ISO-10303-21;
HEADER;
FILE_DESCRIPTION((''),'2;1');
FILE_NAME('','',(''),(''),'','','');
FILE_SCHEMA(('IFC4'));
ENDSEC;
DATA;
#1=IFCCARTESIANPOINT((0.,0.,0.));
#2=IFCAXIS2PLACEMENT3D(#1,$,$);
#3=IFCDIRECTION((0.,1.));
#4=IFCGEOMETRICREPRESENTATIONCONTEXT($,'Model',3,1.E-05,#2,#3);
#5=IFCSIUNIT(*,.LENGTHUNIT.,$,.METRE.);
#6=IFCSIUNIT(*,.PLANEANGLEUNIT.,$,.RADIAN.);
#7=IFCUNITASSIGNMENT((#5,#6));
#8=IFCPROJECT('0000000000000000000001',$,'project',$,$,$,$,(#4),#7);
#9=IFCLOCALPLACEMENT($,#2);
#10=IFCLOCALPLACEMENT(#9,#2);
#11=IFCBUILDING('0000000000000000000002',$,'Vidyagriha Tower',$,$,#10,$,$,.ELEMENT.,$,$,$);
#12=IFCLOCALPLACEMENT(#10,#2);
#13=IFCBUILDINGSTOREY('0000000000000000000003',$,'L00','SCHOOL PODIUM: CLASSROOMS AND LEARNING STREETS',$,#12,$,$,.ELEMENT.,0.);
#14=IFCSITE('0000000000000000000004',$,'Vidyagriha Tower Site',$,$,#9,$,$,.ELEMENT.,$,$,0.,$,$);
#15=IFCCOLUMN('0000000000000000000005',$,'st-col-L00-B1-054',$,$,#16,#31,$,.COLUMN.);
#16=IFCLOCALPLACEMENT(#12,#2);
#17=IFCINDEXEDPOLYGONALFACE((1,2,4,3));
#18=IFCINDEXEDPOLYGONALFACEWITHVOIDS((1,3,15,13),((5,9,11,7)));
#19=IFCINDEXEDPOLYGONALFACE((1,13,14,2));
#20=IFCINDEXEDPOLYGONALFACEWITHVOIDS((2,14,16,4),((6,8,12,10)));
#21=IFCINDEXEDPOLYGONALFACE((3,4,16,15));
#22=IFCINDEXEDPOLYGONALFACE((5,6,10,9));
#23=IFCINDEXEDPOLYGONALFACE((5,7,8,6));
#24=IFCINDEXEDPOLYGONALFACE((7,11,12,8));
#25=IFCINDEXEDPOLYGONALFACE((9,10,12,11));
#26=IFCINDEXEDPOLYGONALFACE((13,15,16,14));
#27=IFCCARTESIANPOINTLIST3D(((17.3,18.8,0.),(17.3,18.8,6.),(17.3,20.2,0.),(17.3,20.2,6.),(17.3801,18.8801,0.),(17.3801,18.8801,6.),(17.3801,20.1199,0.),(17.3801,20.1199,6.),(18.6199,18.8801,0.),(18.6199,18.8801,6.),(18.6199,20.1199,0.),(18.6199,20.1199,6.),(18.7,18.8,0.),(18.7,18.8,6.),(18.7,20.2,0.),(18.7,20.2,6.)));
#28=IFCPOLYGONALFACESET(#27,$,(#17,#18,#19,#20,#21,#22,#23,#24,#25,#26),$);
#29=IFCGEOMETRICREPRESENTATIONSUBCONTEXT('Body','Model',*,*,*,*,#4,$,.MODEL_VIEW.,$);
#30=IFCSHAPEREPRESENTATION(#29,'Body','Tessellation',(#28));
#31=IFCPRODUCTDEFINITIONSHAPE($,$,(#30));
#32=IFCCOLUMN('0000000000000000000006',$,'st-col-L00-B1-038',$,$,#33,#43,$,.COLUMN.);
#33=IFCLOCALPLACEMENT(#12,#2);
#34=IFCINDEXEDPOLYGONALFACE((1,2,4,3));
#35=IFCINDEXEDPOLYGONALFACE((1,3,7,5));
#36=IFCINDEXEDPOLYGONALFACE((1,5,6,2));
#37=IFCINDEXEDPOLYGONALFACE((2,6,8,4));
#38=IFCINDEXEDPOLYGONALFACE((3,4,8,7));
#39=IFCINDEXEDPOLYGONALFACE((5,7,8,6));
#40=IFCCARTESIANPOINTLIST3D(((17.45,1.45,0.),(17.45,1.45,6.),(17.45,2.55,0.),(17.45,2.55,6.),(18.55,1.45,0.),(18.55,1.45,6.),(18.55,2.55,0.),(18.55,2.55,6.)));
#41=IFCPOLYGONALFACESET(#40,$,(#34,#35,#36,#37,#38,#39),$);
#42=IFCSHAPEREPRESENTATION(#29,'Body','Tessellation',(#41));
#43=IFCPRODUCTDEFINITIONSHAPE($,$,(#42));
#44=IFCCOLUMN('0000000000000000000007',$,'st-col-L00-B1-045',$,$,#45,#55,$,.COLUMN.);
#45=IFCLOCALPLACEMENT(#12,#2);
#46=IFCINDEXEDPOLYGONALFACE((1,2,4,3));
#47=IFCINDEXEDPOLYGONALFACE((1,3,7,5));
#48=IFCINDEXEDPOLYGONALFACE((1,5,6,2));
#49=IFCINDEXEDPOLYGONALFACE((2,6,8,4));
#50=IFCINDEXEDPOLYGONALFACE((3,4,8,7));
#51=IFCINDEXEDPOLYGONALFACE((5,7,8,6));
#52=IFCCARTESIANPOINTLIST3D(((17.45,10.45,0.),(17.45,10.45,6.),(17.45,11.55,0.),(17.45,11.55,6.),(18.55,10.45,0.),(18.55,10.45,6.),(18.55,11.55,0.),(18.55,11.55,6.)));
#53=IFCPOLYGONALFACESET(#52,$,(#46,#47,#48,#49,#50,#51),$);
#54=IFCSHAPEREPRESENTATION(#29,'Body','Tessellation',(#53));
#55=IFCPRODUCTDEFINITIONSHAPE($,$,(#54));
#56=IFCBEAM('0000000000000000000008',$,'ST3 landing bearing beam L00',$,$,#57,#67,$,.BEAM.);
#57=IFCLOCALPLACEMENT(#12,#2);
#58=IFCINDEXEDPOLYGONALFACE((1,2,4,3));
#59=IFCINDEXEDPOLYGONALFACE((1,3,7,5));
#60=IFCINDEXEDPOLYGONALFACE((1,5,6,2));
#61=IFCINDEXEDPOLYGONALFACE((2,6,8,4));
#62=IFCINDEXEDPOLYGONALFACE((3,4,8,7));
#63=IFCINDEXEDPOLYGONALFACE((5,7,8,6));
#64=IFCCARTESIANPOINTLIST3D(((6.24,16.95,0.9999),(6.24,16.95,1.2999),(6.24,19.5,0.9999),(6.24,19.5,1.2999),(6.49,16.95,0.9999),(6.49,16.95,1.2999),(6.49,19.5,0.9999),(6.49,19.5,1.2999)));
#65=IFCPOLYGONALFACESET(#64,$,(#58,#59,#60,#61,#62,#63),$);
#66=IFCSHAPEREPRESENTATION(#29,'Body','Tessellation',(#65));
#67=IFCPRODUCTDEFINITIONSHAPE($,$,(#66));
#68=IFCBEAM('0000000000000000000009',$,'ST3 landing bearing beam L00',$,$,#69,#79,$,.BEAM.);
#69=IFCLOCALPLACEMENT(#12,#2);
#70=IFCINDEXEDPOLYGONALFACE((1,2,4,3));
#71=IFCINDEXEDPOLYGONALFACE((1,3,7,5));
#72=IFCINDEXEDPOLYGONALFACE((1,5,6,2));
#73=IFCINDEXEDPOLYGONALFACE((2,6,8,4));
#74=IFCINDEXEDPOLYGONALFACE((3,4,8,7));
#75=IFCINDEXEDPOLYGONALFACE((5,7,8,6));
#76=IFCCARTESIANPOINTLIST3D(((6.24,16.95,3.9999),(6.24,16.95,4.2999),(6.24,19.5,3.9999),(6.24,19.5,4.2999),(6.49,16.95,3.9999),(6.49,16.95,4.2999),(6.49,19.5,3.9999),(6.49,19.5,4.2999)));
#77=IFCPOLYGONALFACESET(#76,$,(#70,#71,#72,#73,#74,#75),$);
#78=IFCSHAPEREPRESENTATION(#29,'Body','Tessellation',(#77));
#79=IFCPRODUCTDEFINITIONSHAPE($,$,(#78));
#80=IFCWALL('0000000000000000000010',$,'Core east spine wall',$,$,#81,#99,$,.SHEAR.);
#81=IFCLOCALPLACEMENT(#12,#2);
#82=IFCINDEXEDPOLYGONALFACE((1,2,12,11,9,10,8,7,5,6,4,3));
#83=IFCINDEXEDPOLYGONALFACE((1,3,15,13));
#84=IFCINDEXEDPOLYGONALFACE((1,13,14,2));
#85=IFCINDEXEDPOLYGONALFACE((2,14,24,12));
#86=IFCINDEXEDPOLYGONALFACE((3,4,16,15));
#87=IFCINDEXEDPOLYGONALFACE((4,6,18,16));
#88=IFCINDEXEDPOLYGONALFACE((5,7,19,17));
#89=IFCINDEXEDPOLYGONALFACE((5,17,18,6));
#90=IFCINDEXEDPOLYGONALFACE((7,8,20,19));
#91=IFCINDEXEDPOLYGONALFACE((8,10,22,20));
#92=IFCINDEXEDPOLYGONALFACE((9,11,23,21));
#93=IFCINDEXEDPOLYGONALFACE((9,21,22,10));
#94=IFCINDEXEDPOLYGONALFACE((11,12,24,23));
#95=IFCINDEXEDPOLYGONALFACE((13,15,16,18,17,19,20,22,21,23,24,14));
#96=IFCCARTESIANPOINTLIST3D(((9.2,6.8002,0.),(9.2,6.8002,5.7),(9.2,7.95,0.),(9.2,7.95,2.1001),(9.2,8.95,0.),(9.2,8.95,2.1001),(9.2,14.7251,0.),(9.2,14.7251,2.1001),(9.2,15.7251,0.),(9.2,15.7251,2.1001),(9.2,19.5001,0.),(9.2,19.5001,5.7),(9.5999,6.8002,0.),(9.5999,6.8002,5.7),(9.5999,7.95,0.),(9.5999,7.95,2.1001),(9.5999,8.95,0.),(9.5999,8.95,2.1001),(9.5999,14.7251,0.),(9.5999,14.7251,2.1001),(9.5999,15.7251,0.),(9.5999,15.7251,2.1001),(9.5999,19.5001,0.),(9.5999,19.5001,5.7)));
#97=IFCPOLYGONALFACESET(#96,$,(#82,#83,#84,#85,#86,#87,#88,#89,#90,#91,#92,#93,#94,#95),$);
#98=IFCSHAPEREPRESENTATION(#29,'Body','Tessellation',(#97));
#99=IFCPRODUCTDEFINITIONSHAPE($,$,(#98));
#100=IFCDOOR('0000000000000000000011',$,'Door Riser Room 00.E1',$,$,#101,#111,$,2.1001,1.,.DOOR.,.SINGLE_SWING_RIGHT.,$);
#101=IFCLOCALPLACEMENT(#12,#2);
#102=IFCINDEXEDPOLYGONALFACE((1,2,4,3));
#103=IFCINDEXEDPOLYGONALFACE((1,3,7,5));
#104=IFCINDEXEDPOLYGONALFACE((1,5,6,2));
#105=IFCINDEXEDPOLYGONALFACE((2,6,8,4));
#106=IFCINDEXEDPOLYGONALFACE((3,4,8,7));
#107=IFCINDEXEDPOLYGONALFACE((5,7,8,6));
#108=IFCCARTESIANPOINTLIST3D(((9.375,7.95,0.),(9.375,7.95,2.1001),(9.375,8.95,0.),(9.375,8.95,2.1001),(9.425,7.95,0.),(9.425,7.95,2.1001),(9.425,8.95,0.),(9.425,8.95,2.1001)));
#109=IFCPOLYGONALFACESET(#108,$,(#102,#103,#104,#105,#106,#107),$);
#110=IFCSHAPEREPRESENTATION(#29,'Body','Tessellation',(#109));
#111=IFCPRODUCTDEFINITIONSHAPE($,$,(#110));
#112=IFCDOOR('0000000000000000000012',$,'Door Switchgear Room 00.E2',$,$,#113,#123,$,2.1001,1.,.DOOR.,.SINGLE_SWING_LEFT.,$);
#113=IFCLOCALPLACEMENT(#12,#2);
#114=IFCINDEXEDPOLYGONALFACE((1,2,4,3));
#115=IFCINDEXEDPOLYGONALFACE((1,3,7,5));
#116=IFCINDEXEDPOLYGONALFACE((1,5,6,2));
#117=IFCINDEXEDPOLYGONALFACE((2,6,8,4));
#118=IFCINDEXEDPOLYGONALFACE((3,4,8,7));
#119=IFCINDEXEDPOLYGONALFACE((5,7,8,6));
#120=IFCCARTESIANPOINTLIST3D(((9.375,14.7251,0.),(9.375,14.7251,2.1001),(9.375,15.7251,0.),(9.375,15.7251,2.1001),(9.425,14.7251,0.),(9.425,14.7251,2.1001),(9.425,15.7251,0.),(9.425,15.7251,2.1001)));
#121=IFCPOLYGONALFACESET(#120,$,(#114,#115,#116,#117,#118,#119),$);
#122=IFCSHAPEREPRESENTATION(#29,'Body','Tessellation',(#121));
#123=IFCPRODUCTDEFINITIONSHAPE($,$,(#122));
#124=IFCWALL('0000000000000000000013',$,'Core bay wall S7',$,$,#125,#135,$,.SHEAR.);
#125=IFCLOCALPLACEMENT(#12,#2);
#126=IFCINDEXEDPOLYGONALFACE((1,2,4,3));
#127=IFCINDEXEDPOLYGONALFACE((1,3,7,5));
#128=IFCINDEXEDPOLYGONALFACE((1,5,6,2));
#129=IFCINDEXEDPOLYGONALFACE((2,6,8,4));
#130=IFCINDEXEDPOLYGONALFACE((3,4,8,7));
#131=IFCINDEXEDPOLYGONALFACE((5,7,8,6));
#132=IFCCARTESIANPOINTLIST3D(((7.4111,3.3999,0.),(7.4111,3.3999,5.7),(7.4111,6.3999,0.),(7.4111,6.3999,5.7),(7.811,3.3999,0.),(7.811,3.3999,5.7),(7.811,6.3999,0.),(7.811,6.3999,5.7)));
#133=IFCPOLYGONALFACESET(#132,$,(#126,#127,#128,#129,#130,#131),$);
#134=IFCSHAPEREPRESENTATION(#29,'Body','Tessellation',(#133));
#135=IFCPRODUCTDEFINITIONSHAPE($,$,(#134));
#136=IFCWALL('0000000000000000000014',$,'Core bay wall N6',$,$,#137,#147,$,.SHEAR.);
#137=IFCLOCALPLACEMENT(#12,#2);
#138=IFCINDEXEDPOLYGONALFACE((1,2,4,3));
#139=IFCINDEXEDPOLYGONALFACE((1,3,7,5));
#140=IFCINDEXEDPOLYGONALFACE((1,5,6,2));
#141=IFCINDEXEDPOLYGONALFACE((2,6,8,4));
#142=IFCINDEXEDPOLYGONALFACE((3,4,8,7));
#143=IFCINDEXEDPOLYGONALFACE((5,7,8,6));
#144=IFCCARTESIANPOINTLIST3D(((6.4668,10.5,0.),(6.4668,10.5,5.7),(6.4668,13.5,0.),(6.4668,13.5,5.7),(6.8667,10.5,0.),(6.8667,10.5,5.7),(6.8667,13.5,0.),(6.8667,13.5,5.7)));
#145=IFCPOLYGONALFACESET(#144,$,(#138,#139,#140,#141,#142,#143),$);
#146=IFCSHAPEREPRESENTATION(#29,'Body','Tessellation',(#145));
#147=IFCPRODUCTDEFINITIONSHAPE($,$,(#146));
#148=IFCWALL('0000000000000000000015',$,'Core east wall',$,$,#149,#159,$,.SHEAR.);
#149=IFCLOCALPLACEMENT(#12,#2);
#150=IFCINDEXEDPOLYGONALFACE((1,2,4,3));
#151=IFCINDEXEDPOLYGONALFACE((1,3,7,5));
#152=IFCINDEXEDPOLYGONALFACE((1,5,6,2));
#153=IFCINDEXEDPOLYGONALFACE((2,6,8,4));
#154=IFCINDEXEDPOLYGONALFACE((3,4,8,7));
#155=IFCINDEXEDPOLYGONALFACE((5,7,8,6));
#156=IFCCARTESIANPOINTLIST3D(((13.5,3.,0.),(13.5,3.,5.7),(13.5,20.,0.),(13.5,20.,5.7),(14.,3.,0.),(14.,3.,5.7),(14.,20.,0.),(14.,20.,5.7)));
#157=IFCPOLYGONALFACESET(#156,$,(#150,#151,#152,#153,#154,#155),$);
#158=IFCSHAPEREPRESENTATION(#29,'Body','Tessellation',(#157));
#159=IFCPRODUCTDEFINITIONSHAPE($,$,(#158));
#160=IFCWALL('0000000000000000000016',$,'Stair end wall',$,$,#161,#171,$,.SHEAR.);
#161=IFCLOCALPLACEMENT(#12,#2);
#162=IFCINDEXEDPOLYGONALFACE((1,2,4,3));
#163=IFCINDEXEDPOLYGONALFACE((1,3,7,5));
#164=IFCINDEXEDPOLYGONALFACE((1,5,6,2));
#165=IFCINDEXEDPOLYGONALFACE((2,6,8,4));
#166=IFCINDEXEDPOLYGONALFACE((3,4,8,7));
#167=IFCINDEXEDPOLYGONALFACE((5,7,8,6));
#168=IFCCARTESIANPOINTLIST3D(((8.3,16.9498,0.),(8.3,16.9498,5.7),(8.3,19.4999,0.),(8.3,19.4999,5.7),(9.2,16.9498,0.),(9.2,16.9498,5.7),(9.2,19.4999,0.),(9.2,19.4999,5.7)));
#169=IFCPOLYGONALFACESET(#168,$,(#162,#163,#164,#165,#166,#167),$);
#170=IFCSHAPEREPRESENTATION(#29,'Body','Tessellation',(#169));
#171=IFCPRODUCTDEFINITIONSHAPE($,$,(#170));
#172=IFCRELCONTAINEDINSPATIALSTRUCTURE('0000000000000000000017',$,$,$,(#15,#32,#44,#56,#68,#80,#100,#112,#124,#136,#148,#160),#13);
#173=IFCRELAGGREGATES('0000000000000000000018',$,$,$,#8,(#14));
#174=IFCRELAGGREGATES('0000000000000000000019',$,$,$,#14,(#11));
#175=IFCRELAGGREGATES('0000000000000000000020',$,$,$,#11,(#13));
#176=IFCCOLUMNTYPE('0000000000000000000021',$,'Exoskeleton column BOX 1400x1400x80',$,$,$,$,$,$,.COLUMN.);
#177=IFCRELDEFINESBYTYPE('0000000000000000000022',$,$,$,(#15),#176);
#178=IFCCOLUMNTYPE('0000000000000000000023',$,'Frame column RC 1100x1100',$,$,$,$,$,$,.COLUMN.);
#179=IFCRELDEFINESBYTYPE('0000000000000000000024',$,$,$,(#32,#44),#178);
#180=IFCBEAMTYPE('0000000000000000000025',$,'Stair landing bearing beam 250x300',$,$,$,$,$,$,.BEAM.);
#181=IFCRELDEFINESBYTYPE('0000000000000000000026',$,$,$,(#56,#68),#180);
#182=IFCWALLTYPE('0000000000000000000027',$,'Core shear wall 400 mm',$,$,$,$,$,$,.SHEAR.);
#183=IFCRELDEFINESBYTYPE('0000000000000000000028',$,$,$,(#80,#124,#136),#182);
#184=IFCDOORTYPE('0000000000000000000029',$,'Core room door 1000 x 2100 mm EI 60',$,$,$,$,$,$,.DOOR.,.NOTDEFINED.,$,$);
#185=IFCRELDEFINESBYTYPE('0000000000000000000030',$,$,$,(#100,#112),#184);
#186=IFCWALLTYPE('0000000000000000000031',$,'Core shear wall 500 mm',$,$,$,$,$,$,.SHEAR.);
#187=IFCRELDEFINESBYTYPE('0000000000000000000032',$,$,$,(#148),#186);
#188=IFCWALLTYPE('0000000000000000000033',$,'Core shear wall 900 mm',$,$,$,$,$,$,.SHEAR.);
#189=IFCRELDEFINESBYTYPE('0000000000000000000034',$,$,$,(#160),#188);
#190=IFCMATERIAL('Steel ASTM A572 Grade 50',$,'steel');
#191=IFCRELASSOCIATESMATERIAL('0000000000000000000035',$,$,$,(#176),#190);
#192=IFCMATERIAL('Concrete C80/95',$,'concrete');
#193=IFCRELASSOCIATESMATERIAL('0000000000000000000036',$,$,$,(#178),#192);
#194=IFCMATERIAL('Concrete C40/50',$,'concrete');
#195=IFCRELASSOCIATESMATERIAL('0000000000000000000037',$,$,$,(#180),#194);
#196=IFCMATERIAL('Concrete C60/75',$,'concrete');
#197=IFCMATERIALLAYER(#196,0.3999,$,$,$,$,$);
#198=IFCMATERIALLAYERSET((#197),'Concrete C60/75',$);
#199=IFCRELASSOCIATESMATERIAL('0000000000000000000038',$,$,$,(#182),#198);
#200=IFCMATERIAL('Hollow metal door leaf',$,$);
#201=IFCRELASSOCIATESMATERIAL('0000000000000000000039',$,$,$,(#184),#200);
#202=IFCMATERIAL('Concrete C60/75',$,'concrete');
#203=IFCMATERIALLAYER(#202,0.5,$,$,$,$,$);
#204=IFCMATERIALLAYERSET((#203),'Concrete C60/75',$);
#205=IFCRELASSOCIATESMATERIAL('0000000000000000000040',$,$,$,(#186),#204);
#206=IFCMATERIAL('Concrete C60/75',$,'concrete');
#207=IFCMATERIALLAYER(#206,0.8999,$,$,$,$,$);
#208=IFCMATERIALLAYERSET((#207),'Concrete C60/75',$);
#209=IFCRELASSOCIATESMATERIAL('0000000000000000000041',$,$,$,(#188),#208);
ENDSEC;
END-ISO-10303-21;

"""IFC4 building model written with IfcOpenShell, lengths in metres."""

from ifc_helpers import new_model, si_unit, direction, frame, frame_2d, origin, origin_2d, place, context, subcontext, project, spatial, rectangle, hollow_rectangle, extrude, material, layer, layer_set, material_profile, profile_set, type_object, element, fill, save


model = new_model("IFC4")

# Units and contexts
model_context = context("Model", 3, precision=1e-05, world=origin(), true_north=direction((0.0, 1.0)))
body_context = subcontext(model_context, "Body", "Model", "MODEL_VIEW")
ifc_project = project(units=[si_unit("LENGTHUNIT", "METRE"), si_unit("PLANEANGLEUNIT", "RADIAN")], contexts=[model_context])

# Site, building, storey
site_placement = place(None, origin())
site = spatial("IfcSite", under=ifc_project, at=site_placement, Name="Vidyagriha Tower Site", CompositionType="ELEMENT", RefElevation=0.0)
building_placement = place(site_placement, origin())
building = spatial("IfcBuilding", under=site, at=building_placement, Name="Vidyagriha Tower", CompositionType="ELEMENT")
storey_placement = place(building_placement, origin())
storey = spatial("IfcBuildingStorey", under=building, at=storey_placement, Name="L00", Description="SCHOOL PODIUM: CLASSROOMS AND LEARNING STREETS", CompositionType="ELEMENT", Elevation=0.0)

# Columns
ifc_material_1 = material(Name="Steel ASTM A572 Grade 50", Category="steel")
ifc_material_profile_1 = material_profile(ifc_material_1, hollow_rectangle(XDim=1.3999, YDim=1.3999, WallThickness=0.0801, at=origin_2d()), Name="BOX 1400x1400x80")
ifc_profile_set_1 = profile_set([ifc_material_profile_1], Name="Steel ASTM A572 Grade 50")
column_type_1 = type_object("IfcColumnType", Name="Exoskeleton column BOX 1400x1400x80", PredefinedType="COLUMN", material=ifc_profile_set_1)
column_placement = place(storey_placement, frame((18.0, 19.5, 0.0)))
element("IfcColumn", 1, at=column_placement, inside=storey, type_object=column_type_1, Name="st-col-L00-B1-054", PredefinedType="COLUMN", context=body_context, shape_type="SweptSolid", body=[
    extrude(hollow_rectangle(XDim=1.3999, YDim=1.3999, WallThickness=0.0801, at=origin_2d()), origin(), (0.0, 0.0, 1.0), 6.0),
])
ifc_material_2 = material(Name="Concrete C80/95", Category="concrete")
ifc_material_profile_2 = material_profile(ifc_material_2, rectangle(XDim=1.1001, YDim=1.1001, at=origin_2d()), Name="RC 1100x1100")
ifc_profile_set_2 = profile_set([ifc_material_profile_2], Name="Concrete C80/95")
column_type_2 = type_object("IfcColumnType", Name="Frame column RC 1100x1100", PredefinedType="COLUMN", material=ifc_profile_set_2)
for number, where, name in (
    (2, (18.0, 2.0, 0.0), "st-col-L00-B1-038"),
    (3, (18.0, 11.0, 0.0), "st-col-L00-B1-045"),
):
    element("IfcColumn", number, at=place(storey_placement, frame(where)), inside=storey, type_object=column_type_2, Name=name, PredefinedType="COLUMN", context=body_context, shape_type="SweptSolid", body=[
        extrude(rectangle(XDim=1.1001, YDim=1.1001, at=origin_2d()), origin(), (0.0, 0.0, 1.0), 6.0),
    ])

# Beams
ifc_material_3 = material(Name="Concrete C40/50", Category="concrete")
ifc_material_profile_3 = material_profile(ifc_material_3, rectangle(XDim=0.25, YDim=0.3, at=origin_2d()), Name="Stair landing bearing beam 250x300")
ifc_profile_set_3 = profile_set([ifc_material_profile_3], Name="Concrete C40/50")
beam_type = type_object("IfcBeamType", Name="Stair landing bearing beam 250x300", PredefinedType="BEAM", material=ifc_profile_set_3)
for number, where, z_axis, x_axis, name in (
    (4, (6.365, 16.95, 1.1499), (0.0, 1.0, 0.0), (-1.0, 0.0, 0.0), "ST3 landing bearing beam L00"),
    (5, (6.365, 16.95, 4.1499), (0.0, 1.0, 0.0), (-1.0, 0.0, 0.0), "ST3 landing bearing beam L00"),
):
    element("IfcBeam", number, at=place(storey_placement, frame(where, z_axis=z_axis, x_axis=x_axis)), inside=storey, type_object=beam_type, Name=name, PredefinedType="BEAM", context=body_context, shape_type="SweptSolid", body=[
        extrude(rectangle(XDim=0.25, YDim=0.3, at=origin_2d()), origin(), (0.0, 0.0, 1.0), 2.55),
    ])

# Wall, openings, doors
ifc_material_4 = material(Name="Concrete C60/75", Category="concrete")
ifc_layer_1 = layer(ifc_material_4, 0.3999)
ifc_layer_set_1 = layer_set([ifc_layer_1], Name="Concrete C60/75")
wall_type_1 = type_object("IfcWallType", Name="Core shear wall 400 mm", PredefinedType="SHEAR", material=ifc_layer_set_1)
wall_1_placement = place(storey_placement, frame((9.3999, 6.8, 0.0), z_axis=(0.0, 0.0, 1.0), x_axis=(0.0, 1.0, 0.0)))
wall_1 = element("IfcWall", 6, at=wall_1_placement, inside=storey, type_object=wall_type_1, Name="Core east spine wall", PredefinedType="SHEAR", context=body_context, shape_type="SweptSolid", body=[
    extrude(rectangle(XDim=12.7, YDim=0.3999, at=frame_2d((6.3501, 0.0))), origin(), (0.0, 0.0, 1.0), 5.7),
])
opening_1_placement = place(wall_1_placement, frame((1.1499, 0.0, 0.0)))
opening_1 = element("IfcOpeningElement", 7, at=opening_1_placement, cuts=wall_1, PredefinedType="OPENING", context=body_context, shape_type="SweptSolid", body=[
    extrude(rectangle(XDim=1.0, YDim=2.1001, at=frame_2d((0.5, 1.05))), frame((0.0, 0.21, 0.0), z_axis=(0.0, -1.0, 0.0), x_axis=(1.0, 0.0, 0.0)), (0.0, 0.0, 1.0), 0.4199),
])
opening_2_placement = place(wall_1_placement, frame((7.925, 0.0, 0.0)))
opening_2 = element("IfcOpeningElement", 8, at=opening_2_placement, cuts=wall_1, PredefinedType="OPENING", context=body_context, shape_type="SweptSolid", body=[
    extrude(rectangle(XDim=1.0, YDim=2.1001, at=frame_2d((0.5, 1.05))), frame((0.0, 0.21, 0.0), z_axis=(0.0, -1.0, 0.0), x_axis=(1.0, 0.0, 0.0)), (0.0, 0.0, 1.0), 0.4199),
])
ifc_material_5 = material(Name="Hollow metal door leaf")
door_type_1 = type_object("IfcDoorType", Name="Core room door 1000 x 2100 mm EI 60", OperationType="NOTDEFINED", PredefinedType="DOOR", material=ifc_material_5)
door_1_placement = place(opening_1_placement, origin())
door_1 = element("IfcDoor", 9, at=door_1_placement, inside=storey, type_object=door_type_1, Name="Door Riser Room 00.E1", OperationType="SINGLE_SWING_RIGHT", OverallHeight=2.1001, OverallWidth=1.0, PredefinedType="DOOR", context=body_context, shape_type="SweptSolid", body=[
    extrude(rectangle(XDim=1.0, YDim=2.1001, at=frame_2d((0.5, 1.05))), frame((0.0, 0.0249, 0.0), z_axis=(0.0, -1.0, 0.0), x_axis=(1.0, 0.0, 0.0)), (0.0, 0.0, 1.0), 0.05),
])
fill(opening_1, door_1)
door_2_placement = place(opening_2_placement, origin())
door_2 = element("IfcDoor", 10, at=door_2_placement, inside=storey, type_object=door_type_1, Name="Door Switchgear Room 00.E2", OperationType="SINGLE_SWING_LEFT", OverallHeight=2.1001, OverallWidth=1.0, PredefinedType="DOOR", context=body_context, shape_type="SweptSolid", body=[
    extrude(rectangle(XDim=1.0, YDim=2.1001, at=frame_2d((0.5, 1.05))), frame((0.0, 0.0249, 0.0), z_axis=(0.0, -1.0, 0.0), x_axis=(1.0, 0.0, 0.0)), (0.0, 0.0, 1.0), 0.05),
])
fill(opening_2, door_2)

# Walls
for number, where, z_axis, x_axis, name in (
    (11, (7.6111, 3.3999, 0.0), (0.0, 0.0, 1.0), (0.0, 1.0, 0.0), "Core bay wall S7"),
    (12, (6.6667, 10.5, 0.0), (0.0, 0.0, 1.0), (0.0, 1.0, 0.0), "Core bay wall N6"),
):
    element("IfcWall", number, at=place(storey_placement, frame(where, z_axis=z_axis, x_axis=x_axis)), inside=storey, type_object=wall_type_1, Name=name, PredefinedType="SHEAR", context=body_context, shape_type="SweptSolid", body=[
        extrude(rectangle(XDim=3.0, YDim=0.3999, at=frame_2d((1.5, 0.0))), origin(), (0.0, 0.0, 1.0), 5.7),
    ])
ifc_material_6 = material(Name="Concrete C60/75", Category="concrete")
ifc_layer_2 = layer(ifc_material_6, 0.5)
ifc_layer_set_2 = layer_set([ifc_layer_2], Name="Concrete C60/75")
wall_type_2 = type_object("IfcWallType", Name="Core shear wall 500 mm", PredefinedType="SHEAR", material=ifc_layer_set_2)
wall_2_placement = place(storey_placement, frame((13.75, 3.0, 0.0), z_axis=(0.0, 0.0, 1.0), x_axis=(0.0, 1.0, 0.0)))
element("IfcWall", 13, at=wall_2_placement, inside=storey, type_object=wall_type_2, Name="Core east wall", PredefinedType="SHEAR", context=body_context, shape_type="SweptSolid", body=[
    extrude(rectangle(XDim=17.0, YDim=0.5, at=frame_2d((8.5, 0.0))), origin(), (0.0, 0.0, 1.0), 5.7),
])
ifc_material_7 = material(Name="Concrete C60/75", Category="concrete")
ifc_layer_3 = layer(ifc_material_7, 0.8999)
ifc_layer_set_3 = layer_set([ifc_layer_3], Name="Concrete C60/75")
wall_type_3 = type_object("IfcWallType", Name="Core shear wall 900 mm", PredefinedType="SHEAR", material=ifc_layer_set_3)
wall_3_placement = place(storey_placement, frame((8.75, 16.95, 0.0), z_axis=(0.0, 0.0, 1.0), x_axis=(0.0, 1.0, 0.0)))
element("IfcWall", 14, at=wall_3_placement, inside=storey, type_object=wall_type_3, Name="Stair end wall", PredefinedType="SHEAR", context=body_context, shape_type="SweptSolid", body=[
    extrude(rectangle(XDim=2.55, YDim=0.8999, at=frame_2d((1.2749, 0.0))), origin(), (0.0, 0.0, 1.0), 5.7),
])

save(model, "model.ifc")
